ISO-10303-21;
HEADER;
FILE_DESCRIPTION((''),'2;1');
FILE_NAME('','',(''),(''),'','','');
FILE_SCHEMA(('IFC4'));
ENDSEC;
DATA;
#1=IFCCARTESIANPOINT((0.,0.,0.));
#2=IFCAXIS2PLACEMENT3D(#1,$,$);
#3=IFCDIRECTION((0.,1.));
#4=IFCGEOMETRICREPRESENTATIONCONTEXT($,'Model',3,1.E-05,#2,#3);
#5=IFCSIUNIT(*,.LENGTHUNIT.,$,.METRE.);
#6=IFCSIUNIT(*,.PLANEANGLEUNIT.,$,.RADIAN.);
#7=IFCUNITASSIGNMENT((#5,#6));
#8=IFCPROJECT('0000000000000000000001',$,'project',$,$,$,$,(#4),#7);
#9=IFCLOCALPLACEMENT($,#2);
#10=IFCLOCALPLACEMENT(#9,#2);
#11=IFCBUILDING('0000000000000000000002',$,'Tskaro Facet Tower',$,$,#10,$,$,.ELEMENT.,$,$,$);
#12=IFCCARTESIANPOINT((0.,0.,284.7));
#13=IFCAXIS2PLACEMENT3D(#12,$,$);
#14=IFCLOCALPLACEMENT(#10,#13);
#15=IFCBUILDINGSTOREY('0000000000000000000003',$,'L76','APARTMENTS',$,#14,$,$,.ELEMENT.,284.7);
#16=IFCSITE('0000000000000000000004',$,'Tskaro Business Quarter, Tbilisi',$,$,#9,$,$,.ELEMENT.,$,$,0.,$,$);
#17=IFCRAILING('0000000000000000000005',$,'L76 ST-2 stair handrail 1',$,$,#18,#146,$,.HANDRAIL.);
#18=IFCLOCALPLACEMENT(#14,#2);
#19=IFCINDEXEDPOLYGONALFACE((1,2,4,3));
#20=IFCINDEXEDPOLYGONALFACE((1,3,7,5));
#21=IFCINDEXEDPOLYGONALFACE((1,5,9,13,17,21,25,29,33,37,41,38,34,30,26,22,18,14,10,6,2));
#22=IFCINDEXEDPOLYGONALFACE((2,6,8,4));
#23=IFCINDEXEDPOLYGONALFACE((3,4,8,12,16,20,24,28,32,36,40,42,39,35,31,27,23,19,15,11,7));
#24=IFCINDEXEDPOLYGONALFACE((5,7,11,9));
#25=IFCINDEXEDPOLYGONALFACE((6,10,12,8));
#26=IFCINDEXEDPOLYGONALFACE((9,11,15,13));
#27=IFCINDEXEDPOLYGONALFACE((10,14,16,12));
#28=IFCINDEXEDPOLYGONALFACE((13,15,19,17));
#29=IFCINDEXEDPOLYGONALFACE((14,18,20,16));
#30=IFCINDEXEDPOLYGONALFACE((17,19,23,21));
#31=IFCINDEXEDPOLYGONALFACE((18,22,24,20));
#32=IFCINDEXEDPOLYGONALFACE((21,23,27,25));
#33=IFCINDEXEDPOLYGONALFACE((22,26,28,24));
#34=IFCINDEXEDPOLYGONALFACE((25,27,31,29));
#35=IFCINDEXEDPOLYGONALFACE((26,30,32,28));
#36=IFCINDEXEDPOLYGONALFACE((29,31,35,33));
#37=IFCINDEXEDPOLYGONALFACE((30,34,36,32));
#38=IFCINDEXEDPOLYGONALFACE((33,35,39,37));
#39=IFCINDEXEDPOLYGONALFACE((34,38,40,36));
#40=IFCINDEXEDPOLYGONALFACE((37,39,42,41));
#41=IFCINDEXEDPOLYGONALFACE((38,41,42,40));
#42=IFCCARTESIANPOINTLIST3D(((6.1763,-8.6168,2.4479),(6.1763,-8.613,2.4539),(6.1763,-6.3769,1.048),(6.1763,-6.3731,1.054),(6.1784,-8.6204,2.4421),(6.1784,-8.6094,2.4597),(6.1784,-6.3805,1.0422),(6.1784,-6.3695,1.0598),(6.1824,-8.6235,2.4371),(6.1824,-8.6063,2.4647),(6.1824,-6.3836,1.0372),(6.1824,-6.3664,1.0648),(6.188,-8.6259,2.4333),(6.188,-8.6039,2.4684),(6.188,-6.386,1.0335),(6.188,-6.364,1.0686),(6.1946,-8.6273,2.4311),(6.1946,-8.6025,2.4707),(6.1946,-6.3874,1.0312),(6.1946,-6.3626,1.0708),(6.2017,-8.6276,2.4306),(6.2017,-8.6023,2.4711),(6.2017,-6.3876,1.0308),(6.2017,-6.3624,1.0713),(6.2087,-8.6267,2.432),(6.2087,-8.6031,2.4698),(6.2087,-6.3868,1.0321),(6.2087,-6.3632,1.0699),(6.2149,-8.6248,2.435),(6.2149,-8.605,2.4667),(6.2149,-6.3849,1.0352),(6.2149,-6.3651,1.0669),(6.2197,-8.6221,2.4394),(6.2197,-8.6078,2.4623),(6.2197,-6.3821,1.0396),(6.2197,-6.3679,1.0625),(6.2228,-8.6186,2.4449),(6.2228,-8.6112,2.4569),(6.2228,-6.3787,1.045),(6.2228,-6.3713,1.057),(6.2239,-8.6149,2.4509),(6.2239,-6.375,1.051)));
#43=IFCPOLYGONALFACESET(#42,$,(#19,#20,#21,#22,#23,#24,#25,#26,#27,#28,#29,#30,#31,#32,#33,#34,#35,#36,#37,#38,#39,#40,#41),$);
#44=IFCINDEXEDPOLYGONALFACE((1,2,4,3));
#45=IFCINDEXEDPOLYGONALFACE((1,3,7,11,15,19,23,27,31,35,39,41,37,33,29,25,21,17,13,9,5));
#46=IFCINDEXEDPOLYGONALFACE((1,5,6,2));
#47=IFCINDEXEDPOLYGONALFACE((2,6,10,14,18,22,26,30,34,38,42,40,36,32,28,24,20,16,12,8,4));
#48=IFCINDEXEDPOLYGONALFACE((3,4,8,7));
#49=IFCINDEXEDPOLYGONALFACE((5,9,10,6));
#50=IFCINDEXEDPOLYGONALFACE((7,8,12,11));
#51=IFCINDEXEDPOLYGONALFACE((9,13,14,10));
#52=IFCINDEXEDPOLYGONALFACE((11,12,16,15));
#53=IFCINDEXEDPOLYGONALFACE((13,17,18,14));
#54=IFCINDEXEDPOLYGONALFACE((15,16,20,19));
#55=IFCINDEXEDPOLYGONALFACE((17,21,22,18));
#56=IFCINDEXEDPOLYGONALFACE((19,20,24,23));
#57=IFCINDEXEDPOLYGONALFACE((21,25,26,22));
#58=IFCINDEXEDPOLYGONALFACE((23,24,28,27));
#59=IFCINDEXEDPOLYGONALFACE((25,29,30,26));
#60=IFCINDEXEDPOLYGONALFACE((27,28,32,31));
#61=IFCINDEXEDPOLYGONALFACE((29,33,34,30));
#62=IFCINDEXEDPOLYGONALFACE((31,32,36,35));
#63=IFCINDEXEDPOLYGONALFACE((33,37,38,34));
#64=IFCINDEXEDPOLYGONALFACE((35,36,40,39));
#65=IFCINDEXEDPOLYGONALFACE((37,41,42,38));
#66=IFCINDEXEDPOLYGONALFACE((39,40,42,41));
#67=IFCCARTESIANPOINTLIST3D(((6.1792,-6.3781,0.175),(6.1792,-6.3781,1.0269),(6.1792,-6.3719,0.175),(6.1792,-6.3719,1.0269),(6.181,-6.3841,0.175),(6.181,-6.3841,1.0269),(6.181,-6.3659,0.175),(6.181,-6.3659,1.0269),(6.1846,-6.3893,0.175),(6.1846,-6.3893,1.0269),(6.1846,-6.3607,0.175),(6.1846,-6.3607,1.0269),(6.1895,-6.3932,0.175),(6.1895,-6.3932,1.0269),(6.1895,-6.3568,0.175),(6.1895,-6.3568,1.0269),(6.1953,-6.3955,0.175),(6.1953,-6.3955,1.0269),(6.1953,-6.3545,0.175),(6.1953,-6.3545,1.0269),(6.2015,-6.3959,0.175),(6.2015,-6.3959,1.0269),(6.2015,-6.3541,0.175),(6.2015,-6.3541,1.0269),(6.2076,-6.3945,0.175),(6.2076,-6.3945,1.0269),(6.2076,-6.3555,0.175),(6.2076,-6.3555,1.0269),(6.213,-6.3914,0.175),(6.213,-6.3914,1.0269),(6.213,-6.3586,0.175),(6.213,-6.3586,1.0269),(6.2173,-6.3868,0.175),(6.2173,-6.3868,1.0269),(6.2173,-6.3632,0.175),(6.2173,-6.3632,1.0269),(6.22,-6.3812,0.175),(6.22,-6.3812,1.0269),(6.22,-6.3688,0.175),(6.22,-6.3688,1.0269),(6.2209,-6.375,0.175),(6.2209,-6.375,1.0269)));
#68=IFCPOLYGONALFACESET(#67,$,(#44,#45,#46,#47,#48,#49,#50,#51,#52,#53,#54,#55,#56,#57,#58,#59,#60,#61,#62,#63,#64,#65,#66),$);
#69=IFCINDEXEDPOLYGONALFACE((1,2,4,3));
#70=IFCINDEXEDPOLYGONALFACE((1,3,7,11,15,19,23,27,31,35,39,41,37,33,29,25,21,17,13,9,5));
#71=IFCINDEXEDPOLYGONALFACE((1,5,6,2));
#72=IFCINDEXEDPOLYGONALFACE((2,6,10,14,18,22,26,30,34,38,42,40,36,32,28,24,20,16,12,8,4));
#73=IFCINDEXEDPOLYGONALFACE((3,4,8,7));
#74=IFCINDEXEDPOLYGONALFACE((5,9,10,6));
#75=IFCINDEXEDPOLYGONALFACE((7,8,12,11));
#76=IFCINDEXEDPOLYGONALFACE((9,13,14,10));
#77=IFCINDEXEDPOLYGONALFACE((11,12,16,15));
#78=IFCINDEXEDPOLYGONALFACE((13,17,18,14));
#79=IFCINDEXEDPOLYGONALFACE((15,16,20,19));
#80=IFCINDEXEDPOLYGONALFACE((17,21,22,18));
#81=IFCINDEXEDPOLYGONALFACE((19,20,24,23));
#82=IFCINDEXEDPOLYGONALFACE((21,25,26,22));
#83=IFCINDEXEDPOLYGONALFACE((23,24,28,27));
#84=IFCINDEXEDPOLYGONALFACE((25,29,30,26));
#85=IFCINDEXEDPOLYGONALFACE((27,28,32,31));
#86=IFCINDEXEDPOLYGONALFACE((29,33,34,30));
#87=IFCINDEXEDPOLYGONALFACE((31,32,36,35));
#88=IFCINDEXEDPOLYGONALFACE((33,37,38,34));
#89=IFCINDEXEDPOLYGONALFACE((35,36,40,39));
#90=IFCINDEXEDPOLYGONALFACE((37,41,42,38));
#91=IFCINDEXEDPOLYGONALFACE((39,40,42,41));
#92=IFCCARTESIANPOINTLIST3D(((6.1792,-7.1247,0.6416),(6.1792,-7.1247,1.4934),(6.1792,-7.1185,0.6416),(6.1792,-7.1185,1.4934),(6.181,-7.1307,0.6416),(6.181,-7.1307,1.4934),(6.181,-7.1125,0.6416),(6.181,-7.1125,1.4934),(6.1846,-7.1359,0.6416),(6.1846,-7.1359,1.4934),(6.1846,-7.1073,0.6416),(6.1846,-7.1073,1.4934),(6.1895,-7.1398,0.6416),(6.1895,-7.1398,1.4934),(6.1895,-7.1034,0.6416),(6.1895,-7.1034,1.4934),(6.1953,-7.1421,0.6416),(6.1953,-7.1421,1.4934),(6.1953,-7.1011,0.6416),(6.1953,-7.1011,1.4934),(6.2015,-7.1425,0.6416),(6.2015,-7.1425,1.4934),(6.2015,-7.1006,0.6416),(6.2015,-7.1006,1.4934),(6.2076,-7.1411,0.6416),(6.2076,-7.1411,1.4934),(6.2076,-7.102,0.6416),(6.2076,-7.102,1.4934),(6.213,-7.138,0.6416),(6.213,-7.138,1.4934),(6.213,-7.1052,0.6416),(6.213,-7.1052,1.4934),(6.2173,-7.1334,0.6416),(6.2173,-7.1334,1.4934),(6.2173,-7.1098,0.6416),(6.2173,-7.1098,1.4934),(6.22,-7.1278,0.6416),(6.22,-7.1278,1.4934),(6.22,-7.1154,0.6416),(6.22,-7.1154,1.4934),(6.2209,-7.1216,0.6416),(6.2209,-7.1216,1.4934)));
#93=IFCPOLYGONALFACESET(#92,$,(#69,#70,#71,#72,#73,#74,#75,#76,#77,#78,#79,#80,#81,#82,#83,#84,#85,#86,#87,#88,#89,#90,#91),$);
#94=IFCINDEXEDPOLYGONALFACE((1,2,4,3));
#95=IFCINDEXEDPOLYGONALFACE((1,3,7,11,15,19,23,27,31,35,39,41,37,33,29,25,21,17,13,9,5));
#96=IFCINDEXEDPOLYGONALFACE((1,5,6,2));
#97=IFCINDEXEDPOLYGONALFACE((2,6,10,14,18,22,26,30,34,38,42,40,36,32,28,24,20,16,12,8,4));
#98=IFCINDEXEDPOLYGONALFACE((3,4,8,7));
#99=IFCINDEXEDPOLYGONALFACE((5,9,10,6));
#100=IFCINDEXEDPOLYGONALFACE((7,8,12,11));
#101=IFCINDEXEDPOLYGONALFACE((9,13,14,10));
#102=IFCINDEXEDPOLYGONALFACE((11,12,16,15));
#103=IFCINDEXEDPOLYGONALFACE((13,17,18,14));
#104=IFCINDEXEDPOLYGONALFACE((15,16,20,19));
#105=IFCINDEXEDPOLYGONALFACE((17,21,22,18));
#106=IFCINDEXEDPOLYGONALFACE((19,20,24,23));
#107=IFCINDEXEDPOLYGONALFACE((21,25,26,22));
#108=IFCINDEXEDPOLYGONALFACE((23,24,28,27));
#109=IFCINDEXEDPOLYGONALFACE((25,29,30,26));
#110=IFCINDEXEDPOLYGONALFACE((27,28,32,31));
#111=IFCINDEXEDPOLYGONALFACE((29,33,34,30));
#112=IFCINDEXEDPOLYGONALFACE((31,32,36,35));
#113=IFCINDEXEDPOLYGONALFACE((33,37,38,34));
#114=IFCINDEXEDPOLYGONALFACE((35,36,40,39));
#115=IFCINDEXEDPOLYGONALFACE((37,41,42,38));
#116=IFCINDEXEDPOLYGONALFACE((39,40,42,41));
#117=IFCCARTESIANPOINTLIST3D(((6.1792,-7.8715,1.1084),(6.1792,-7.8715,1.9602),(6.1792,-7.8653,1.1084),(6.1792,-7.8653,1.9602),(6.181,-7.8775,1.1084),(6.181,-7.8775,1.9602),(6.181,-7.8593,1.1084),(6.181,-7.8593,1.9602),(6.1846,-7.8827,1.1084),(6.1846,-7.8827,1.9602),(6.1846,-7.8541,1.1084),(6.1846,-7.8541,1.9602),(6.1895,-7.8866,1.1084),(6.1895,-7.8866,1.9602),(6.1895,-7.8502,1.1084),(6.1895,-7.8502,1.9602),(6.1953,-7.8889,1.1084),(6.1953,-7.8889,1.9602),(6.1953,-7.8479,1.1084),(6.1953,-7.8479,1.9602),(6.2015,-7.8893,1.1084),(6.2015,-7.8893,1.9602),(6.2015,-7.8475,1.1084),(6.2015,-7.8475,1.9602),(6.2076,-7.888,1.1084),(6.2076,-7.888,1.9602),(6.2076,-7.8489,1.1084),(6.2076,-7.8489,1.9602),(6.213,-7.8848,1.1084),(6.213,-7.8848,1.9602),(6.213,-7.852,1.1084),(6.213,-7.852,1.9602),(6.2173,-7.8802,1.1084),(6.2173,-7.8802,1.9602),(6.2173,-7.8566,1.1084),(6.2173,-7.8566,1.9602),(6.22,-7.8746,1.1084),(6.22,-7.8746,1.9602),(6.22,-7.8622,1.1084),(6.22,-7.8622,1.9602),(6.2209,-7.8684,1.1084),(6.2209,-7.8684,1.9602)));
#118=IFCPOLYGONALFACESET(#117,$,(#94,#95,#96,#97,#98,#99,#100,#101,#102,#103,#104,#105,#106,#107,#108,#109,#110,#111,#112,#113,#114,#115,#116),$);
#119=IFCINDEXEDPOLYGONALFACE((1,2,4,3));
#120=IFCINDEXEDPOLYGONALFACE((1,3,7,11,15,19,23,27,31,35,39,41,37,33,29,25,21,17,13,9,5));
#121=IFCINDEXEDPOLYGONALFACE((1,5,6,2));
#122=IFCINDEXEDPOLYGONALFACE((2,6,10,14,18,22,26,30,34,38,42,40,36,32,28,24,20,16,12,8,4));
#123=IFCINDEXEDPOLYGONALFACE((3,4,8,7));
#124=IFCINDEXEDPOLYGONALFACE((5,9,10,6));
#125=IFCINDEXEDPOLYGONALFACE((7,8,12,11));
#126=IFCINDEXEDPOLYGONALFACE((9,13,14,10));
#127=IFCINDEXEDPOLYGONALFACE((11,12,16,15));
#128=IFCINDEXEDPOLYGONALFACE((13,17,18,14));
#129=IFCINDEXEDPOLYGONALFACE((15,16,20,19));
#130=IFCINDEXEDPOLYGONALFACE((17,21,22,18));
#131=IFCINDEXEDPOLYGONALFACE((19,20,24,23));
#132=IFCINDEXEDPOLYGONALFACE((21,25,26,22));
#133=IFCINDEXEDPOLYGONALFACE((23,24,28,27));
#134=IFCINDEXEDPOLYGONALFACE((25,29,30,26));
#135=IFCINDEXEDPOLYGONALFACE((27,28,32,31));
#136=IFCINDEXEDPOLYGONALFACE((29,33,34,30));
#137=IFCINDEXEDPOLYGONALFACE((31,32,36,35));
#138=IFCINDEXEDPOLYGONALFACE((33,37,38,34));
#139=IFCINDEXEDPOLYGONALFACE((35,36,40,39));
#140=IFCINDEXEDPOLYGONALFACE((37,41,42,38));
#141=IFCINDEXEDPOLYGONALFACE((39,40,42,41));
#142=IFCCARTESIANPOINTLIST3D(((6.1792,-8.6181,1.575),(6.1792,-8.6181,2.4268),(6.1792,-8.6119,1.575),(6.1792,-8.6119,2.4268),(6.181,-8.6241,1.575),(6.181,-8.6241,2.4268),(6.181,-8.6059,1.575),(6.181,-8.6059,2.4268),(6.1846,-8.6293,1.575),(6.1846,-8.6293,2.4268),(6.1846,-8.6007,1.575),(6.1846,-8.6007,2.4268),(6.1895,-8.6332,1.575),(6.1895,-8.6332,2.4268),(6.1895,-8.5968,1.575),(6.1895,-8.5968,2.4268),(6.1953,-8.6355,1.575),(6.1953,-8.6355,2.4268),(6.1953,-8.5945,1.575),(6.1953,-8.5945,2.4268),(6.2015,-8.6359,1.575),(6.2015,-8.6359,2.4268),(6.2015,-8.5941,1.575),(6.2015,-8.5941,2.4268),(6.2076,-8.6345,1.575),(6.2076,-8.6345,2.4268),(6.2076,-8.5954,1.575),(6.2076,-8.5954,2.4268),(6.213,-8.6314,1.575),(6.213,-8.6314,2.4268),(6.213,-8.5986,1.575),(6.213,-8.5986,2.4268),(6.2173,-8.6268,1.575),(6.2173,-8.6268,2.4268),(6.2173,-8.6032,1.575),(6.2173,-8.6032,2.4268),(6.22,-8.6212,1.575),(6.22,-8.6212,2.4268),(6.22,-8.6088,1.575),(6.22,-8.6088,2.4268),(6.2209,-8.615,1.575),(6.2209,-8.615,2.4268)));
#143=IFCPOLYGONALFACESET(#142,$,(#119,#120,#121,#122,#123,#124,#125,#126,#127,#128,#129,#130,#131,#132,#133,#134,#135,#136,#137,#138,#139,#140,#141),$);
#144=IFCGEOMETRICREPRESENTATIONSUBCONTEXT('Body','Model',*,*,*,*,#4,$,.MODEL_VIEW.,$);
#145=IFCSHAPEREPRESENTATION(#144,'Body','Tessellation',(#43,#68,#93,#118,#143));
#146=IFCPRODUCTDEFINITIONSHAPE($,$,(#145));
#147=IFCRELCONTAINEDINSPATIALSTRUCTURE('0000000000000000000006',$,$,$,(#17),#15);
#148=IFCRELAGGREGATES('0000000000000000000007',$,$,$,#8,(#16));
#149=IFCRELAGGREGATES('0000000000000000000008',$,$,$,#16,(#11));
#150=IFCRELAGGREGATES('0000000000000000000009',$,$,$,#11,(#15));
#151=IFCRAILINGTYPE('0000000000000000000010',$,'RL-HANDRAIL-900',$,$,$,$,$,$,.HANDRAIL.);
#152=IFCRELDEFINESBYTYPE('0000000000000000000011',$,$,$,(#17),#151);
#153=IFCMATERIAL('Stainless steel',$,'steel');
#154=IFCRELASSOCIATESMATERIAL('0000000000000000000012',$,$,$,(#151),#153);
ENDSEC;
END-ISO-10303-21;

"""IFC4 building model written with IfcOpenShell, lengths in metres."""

from ifc_helpers import new_model, si_unit, direction, frame, origin, origin_2d, place, context, subcontext, project, spatial, circle, extrude, material, type_object, element, save


model = new_model("IFC4")

# Units and contexts
model_context = context("Model", 3, precision=1e-05, world=origin(), true_north=direction((0.0, 1.0)))
body_context = subcontext(model_context, "Body", "Model", "MODEL_VIEW")
ifc_project = project(units=[si_unit("LENGTHUNIT", "METRE"), si_unit("PLANEANGLEUNIT", "RADIAN")], contexts=[model_context])

# Site, building, storey
site_placement = place(None, origin())
site = spatial("IfcSite", under=ifc_project, at=site_placement, Name="Tskaro Business Quarter, Tbilisi", CompositionType="ELEMENT", RefElevation=0.0)
building_placement = place(site_placement, origin())
building = spatial("IfcBuilding", under=site, at=building_placement, Name="Tskaro Facet Tower", CompositionType="ELEMENT")
storey_placement = place(building_placement, frame((0.0, 0.0, 284.7)))
storey = spatial("IfcBuildingStorey", under=building, at=storey_placement, Name="L76", Description="APARTMENTS", CompositionType="ELEMENT", Elevation=284.7)

# Railing
ifc_material_1 = material(Name="Stainless steel", Category="steel")
railing_type_1 = type_object("IfcRailingType", Name="RL-HANDRAIL-900", PredefinedType="HANDRAIL", material=ifc_material_1)
railing_1_placement = place(storey_placement, frame((6.2, -6.375, 0.175)))
element("IfcRailing", 1, at=railing_1_placement, inside=storey, type_object=railing_type_1, Name="L76 ST-2 stair handrail 1", PredefinedType="HANDRAIL", context=body_context, shape_type="SweptSolid", body=[
    extrude(circle(Radius=0.0239, at=origin_2d()), frame((0.0, 0.0, 0.876), z_axis=(0.0, -0.848014, 0.529974), x_axis=(1.0, 0.0, 0.0)), (0.0, 0.0, 1.0), 2.6414),
    extrude(circle(Radius=0.021, at=origin_2d()), origin(), (0.0, 0.0, 1.0), 0.8518),
    extrude(circle(Radius=0.021, at=origin_2d()), frame((0.0, -0.7466, 0.4666)), (0.0, 0.0, 1.0), 0.8518),
    extrude(circle(Radius=0.021, at=origin_2d()), frame((0.0, -1.4934, 0.9333)), (0.0, 0.0, 1.0), 0.8518),
    extrude(circle(Radius=0.021, at=origin_2d()), frame((0.0, -2.24, 1.3999)), (0.0, 0.0, 1.0), 0.8518),
])

save(model, "model.ifc")
